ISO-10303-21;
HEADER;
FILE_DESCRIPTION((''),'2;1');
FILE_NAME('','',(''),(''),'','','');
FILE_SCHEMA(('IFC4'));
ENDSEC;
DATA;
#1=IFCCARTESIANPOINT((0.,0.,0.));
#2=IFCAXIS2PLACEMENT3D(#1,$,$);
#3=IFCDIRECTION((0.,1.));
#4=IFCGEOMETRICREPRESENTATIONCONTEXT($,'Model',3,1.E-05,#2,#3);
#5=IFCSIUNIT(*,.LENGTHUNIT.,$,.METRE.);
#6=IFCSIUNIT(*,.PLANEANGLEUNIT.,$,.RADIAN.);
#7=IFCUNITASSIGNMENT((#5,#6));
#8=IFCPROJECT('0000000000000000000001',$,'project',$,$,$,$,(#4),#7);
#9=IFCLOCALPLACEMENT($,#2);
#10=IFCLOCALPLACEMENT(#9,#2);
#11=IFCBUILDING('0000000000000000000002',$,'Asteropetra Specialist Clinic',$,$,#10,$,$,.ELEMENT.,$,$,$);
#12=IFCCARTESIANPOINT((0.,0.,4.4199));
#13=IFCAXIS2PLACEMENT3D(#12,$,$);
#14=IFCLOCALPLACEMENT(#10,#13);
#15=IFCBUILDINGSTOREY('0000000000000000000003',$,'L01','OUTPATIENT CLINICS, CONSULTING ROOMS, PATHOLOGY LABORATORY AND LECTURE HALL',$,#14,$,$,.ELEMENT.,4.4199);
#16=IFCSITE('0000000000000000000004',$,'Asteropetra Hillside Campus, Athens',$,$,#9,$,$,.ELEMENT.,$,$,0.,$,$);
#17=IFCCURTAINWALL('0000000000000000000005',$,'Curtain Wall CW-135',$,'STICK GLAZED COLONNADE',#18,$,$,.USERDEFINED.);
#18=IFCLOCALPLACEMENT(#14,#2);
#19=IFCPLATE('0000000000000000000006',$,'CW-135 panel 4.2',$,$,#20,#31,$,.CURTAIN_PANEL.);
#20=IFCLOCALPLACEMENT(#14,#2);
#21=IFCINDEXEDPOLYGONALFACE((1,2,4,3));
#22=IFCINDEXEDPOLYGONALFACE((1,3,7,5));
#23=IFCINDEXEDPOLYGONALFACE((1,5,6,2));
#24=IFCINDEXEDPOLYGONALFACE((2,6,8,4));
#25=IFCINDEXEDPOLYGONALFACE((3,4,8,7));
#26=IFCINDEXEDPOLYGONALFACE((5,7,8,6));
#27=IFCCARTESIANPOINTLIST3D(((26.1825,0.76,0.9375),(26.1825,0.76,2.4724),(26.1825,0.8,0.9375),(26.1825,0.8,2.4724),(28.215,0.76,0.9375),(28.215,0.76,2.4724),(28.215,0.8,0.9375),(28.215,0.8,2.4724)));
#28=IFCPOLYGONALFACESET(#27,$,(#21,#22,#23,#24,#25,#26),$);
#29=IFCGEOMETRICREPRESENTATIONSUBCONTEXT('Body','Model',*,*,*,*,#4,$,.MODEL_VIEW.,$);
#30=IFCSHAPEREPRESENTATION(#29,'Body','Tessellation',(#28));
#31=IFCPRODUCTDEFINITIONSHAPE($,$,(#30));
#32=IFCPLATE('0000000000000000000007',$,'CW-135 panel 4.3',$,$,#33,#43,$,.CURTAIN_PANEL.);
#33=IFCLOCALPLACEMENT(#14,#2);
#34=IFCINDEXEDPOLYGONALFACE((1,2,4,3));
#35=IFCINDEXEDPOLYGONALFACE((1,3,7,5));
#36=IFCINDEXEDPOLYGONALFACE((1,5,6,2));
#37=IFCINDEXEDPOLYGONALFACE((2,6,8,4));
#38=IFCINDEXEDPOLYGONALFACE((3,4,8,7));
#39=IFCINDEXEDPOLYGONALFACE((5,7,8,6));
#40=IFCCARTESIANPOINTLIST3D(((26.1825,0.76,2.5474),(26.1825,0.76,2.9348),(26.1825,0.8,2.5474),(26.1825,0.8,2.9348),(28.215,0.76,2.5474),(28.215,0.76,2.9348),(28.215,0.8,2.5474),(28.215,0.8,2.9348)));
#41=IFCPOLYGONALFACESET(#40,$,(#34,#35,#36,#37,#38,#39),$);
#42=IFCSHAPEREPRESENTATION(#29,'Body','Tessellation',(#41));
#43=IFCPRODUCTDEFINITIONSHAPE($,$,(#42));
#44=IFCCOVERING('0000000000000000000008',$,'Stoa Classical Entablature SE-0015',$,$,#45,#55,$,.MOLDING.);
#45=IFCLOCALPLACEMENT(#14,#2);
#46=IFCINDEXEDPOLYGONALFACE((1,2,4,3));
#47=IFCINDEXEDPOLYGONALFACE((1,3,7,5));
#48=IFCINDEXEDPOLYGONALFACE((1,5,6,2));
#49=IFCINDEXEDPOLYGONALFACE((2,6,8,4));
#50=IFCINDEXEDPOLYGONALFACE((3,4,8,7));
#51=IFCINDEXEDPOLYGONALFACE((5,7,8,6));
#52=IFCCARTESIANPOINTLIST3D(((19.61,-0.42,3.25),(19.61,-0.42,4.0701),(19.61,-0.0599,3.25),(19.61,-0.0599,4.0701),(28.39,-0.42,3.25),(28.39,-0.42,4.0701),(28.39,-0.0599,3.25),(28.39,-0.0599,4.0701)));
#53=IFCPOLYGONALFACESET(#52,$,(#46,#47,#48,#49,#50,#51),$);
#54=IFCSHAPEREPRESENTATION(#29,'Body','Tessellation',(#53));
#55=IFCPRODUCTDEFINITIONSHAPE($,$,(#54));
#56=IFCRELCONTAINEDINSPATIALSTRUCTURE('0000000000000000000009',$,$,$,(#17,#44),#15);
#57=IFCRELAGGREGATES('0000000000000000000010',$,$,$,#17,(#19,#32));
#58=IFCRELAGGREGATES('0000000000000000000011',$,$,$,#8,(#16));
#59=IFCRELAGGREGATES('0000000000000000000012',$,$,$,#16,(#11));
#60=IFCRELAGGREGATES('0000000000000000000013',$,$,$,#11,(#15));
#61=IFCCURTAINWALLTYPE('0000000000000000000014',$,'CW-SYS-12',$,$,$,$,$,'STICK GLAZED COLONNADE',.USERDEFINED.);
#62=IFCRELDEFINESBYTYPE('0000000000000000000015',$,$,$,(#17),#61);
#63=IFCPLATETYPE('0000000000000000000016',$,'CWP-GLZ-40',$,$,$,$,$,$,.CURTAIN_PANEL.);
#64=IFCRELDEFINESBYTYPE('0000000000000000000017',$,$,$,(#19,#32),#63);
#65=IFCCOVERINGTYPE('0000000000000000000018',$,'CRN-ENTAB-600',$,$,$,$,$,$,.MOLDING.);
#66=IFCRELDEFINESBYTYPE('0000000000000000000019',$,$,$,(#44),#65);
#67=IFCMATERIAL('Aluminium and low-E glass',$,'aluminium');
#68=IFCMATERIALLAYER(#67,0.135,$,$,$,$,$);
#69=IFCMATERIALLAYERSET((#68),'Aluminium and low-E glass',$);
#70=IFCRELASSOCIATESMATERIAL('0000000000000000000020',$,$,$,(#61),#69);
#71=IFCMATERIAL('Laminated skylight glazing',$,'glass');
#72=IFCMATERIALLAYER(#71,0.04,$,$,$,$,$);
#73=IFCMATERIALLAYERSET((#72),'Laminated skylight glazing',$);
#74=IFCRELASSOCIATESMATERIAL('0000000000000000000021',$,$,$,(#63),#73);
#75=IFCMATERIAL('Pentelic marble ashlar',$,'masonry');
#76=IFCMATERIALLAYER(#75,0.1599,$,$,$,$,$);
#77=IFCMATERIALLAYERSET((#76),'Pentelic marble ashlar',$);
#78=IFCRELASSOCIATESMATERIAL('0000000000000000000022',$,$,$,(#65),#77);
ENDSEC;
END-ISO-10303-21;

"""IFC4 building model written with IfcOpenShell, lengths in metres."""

from ifc_helpers import new_model, si_unit, direction, frame, origin, origin_2d, place, context, subcontext, project, spatial, rectangle, extrude, material, layer, layer_set, type_object, element, aggregate, save


model = new_model("IFC4")

# Units and contexts
model_context = context("Model", 3, precision=1e-05, world=origin(), true_north=direction((0.0, 1.0)))
body_context = subcontext(model_context, "Body", "Model", "MODEL_VIEW")
ifc_project = project(units=[si_unit("LENGTHUNIT", "METRE"), si_unit("PLANEANGLEUNIT", "RADIAN")], contexts=[model_context])

# Site, building, storey
site_placement = place(None, origin())
site = spatial("IfcSite", under=ifc_project, at=site_placement, Name="Asteropetra Hillside Campus, Athens", CompositionType="ELEMENT", RefElevation=0.0)
building_placement = place(site_placement, origin())
building = spatial("IfcBuilding", under=site, at=building_placement, Name="Asteropetra Specialist Clinic", CompositionType="ELEMENT")
storey_placement = place(building_placement, frame((0.0, 0.0, 4.4199)))
storey = spatial("IfcBuildingStorey", under=building, at=storey_placement, Name="L01", Description="OUTPATIENT CLINICS, CONSULTING ROOMS, PATHOLOGY LABORATORY AND LECTURE HALL", CompositionType="ELEMENT", Elevation=4.4199)

# Curtain wall
ifc_material_1 = material(Name="Aluminium and low-E glass", Category="aluminium")
ifc_layer_1 = layer(ifc_material_1, 0.135)
ifc_layer_set_1 = layer_set([ifc_layer_1], Name="Aluminium and low-E glass")
curtain_wall_type = type_object("IfcCurtainWallType", Name="CW-SYS-12", ElementType="STICK GLAZED COLONNADE", PredefinedType="USERDEFINED", material=ifc_layer_set_1)
curtain_wall_placement = place(storey_placement, origin())
curtain_wall = element("IfcCurtainWall", 1, at=curtain_wall_placement, inside=storey, type_object=curtain_wall_type, Name="Curtain Wall CW-135", ObjectType="STICK GLAZED COLONNADE", PredefinedType="USERDEFINED")

# Plates
ifc_material_2 = material(Name="Laminated skylight glazing", Category="glass")
ifc_layer_2 = layer(ifc_material_2, 0.04)
ifc_layer_set_2 = layer_set([ifc_layer_2], Name="Laminated skylight glazing")
plate_type = type_object("IfcPlateType", Name="CWP-GLZ-40", PredefinedType="CURTAIN_PANEL", material=ifc_layer_set_2)
plate_1_placement = place(storey_placement, frame((27.1987, 0.78, 0.9375), z_axis=(0.0, 0.0, 1.0), x_axis=(1.0, 0.0, 0.0)))
plate_1 = element("IfcPlate", 2, at=plate_1_placement, type_object=plate_type, Name="CW-135 panel 4.2", PredefinedType="CURTAIN_PANEL", context=body_context, shape_type="SweptSolid", body=[
    extrude(rectangle(XDim=2.0325, YDim=0.04, at=origin_2d()), origin(), (0.0, 0.0, 1.0), 1.5349),
])
plate_2_placement = place(storey_placement, frame((27.1987, 0.78, 2.5474), z_axis=(0.0, 0.0, 1.0), x_axis=(1.0, 0.0, 0.0)))
plate_2 = element("IfcPlate", 3, at=plate_2_placement, type_object=plate_type, Name="CW-135 panel 4.3", PredefinedType="CURTAIN_PANEL", context=body_context, shape_type="SweptSolid", body=[
    extrude(rectangle(XDim=2.0325, YDim=0.04, at=origin_2d()), origin(), (0.0, 0.0, 1.0), 0.3875),
])
aggregate(curtain_wall, [plate_1, plate_2])

# Covering
ifc_material_3 = material(Name="Pentelic marble ashlar", Category="masonry")
ifc_layer_3 = layer(ifc_material_3, 0.1599)
ifc_layer_set_3 = layer_set([ifc_layer_3], Name="Pentelic marble ashlar")
covering_type = type_object("IfcCoveringType", Name="CRN-ENTAB-600", PredefinedType="MOLDING", material=ifc_layer_set_3)
covering_placement = place(storey_placement, frame((24.0, -0.24, 3.25), z_axis=(0.0, 0.0, 1.0), x_axis=(1.0, 0.0, 0.0)))
element("IfcCovering", 4, at=covering_placement, inside=storey, type_object=covering_type, Name="Stoa Classical Entablature SE-0015", PredefinedType="MOLDING", context=body_context, shape_type="SweptSolid", body=[
    extrude(rectangle(XDim=8.78, YDim=0.3601, at=origin_2d()), origin(), (0.0, 0.0, 1.0), 0.8201),
])

save(model, "model.ifc")
